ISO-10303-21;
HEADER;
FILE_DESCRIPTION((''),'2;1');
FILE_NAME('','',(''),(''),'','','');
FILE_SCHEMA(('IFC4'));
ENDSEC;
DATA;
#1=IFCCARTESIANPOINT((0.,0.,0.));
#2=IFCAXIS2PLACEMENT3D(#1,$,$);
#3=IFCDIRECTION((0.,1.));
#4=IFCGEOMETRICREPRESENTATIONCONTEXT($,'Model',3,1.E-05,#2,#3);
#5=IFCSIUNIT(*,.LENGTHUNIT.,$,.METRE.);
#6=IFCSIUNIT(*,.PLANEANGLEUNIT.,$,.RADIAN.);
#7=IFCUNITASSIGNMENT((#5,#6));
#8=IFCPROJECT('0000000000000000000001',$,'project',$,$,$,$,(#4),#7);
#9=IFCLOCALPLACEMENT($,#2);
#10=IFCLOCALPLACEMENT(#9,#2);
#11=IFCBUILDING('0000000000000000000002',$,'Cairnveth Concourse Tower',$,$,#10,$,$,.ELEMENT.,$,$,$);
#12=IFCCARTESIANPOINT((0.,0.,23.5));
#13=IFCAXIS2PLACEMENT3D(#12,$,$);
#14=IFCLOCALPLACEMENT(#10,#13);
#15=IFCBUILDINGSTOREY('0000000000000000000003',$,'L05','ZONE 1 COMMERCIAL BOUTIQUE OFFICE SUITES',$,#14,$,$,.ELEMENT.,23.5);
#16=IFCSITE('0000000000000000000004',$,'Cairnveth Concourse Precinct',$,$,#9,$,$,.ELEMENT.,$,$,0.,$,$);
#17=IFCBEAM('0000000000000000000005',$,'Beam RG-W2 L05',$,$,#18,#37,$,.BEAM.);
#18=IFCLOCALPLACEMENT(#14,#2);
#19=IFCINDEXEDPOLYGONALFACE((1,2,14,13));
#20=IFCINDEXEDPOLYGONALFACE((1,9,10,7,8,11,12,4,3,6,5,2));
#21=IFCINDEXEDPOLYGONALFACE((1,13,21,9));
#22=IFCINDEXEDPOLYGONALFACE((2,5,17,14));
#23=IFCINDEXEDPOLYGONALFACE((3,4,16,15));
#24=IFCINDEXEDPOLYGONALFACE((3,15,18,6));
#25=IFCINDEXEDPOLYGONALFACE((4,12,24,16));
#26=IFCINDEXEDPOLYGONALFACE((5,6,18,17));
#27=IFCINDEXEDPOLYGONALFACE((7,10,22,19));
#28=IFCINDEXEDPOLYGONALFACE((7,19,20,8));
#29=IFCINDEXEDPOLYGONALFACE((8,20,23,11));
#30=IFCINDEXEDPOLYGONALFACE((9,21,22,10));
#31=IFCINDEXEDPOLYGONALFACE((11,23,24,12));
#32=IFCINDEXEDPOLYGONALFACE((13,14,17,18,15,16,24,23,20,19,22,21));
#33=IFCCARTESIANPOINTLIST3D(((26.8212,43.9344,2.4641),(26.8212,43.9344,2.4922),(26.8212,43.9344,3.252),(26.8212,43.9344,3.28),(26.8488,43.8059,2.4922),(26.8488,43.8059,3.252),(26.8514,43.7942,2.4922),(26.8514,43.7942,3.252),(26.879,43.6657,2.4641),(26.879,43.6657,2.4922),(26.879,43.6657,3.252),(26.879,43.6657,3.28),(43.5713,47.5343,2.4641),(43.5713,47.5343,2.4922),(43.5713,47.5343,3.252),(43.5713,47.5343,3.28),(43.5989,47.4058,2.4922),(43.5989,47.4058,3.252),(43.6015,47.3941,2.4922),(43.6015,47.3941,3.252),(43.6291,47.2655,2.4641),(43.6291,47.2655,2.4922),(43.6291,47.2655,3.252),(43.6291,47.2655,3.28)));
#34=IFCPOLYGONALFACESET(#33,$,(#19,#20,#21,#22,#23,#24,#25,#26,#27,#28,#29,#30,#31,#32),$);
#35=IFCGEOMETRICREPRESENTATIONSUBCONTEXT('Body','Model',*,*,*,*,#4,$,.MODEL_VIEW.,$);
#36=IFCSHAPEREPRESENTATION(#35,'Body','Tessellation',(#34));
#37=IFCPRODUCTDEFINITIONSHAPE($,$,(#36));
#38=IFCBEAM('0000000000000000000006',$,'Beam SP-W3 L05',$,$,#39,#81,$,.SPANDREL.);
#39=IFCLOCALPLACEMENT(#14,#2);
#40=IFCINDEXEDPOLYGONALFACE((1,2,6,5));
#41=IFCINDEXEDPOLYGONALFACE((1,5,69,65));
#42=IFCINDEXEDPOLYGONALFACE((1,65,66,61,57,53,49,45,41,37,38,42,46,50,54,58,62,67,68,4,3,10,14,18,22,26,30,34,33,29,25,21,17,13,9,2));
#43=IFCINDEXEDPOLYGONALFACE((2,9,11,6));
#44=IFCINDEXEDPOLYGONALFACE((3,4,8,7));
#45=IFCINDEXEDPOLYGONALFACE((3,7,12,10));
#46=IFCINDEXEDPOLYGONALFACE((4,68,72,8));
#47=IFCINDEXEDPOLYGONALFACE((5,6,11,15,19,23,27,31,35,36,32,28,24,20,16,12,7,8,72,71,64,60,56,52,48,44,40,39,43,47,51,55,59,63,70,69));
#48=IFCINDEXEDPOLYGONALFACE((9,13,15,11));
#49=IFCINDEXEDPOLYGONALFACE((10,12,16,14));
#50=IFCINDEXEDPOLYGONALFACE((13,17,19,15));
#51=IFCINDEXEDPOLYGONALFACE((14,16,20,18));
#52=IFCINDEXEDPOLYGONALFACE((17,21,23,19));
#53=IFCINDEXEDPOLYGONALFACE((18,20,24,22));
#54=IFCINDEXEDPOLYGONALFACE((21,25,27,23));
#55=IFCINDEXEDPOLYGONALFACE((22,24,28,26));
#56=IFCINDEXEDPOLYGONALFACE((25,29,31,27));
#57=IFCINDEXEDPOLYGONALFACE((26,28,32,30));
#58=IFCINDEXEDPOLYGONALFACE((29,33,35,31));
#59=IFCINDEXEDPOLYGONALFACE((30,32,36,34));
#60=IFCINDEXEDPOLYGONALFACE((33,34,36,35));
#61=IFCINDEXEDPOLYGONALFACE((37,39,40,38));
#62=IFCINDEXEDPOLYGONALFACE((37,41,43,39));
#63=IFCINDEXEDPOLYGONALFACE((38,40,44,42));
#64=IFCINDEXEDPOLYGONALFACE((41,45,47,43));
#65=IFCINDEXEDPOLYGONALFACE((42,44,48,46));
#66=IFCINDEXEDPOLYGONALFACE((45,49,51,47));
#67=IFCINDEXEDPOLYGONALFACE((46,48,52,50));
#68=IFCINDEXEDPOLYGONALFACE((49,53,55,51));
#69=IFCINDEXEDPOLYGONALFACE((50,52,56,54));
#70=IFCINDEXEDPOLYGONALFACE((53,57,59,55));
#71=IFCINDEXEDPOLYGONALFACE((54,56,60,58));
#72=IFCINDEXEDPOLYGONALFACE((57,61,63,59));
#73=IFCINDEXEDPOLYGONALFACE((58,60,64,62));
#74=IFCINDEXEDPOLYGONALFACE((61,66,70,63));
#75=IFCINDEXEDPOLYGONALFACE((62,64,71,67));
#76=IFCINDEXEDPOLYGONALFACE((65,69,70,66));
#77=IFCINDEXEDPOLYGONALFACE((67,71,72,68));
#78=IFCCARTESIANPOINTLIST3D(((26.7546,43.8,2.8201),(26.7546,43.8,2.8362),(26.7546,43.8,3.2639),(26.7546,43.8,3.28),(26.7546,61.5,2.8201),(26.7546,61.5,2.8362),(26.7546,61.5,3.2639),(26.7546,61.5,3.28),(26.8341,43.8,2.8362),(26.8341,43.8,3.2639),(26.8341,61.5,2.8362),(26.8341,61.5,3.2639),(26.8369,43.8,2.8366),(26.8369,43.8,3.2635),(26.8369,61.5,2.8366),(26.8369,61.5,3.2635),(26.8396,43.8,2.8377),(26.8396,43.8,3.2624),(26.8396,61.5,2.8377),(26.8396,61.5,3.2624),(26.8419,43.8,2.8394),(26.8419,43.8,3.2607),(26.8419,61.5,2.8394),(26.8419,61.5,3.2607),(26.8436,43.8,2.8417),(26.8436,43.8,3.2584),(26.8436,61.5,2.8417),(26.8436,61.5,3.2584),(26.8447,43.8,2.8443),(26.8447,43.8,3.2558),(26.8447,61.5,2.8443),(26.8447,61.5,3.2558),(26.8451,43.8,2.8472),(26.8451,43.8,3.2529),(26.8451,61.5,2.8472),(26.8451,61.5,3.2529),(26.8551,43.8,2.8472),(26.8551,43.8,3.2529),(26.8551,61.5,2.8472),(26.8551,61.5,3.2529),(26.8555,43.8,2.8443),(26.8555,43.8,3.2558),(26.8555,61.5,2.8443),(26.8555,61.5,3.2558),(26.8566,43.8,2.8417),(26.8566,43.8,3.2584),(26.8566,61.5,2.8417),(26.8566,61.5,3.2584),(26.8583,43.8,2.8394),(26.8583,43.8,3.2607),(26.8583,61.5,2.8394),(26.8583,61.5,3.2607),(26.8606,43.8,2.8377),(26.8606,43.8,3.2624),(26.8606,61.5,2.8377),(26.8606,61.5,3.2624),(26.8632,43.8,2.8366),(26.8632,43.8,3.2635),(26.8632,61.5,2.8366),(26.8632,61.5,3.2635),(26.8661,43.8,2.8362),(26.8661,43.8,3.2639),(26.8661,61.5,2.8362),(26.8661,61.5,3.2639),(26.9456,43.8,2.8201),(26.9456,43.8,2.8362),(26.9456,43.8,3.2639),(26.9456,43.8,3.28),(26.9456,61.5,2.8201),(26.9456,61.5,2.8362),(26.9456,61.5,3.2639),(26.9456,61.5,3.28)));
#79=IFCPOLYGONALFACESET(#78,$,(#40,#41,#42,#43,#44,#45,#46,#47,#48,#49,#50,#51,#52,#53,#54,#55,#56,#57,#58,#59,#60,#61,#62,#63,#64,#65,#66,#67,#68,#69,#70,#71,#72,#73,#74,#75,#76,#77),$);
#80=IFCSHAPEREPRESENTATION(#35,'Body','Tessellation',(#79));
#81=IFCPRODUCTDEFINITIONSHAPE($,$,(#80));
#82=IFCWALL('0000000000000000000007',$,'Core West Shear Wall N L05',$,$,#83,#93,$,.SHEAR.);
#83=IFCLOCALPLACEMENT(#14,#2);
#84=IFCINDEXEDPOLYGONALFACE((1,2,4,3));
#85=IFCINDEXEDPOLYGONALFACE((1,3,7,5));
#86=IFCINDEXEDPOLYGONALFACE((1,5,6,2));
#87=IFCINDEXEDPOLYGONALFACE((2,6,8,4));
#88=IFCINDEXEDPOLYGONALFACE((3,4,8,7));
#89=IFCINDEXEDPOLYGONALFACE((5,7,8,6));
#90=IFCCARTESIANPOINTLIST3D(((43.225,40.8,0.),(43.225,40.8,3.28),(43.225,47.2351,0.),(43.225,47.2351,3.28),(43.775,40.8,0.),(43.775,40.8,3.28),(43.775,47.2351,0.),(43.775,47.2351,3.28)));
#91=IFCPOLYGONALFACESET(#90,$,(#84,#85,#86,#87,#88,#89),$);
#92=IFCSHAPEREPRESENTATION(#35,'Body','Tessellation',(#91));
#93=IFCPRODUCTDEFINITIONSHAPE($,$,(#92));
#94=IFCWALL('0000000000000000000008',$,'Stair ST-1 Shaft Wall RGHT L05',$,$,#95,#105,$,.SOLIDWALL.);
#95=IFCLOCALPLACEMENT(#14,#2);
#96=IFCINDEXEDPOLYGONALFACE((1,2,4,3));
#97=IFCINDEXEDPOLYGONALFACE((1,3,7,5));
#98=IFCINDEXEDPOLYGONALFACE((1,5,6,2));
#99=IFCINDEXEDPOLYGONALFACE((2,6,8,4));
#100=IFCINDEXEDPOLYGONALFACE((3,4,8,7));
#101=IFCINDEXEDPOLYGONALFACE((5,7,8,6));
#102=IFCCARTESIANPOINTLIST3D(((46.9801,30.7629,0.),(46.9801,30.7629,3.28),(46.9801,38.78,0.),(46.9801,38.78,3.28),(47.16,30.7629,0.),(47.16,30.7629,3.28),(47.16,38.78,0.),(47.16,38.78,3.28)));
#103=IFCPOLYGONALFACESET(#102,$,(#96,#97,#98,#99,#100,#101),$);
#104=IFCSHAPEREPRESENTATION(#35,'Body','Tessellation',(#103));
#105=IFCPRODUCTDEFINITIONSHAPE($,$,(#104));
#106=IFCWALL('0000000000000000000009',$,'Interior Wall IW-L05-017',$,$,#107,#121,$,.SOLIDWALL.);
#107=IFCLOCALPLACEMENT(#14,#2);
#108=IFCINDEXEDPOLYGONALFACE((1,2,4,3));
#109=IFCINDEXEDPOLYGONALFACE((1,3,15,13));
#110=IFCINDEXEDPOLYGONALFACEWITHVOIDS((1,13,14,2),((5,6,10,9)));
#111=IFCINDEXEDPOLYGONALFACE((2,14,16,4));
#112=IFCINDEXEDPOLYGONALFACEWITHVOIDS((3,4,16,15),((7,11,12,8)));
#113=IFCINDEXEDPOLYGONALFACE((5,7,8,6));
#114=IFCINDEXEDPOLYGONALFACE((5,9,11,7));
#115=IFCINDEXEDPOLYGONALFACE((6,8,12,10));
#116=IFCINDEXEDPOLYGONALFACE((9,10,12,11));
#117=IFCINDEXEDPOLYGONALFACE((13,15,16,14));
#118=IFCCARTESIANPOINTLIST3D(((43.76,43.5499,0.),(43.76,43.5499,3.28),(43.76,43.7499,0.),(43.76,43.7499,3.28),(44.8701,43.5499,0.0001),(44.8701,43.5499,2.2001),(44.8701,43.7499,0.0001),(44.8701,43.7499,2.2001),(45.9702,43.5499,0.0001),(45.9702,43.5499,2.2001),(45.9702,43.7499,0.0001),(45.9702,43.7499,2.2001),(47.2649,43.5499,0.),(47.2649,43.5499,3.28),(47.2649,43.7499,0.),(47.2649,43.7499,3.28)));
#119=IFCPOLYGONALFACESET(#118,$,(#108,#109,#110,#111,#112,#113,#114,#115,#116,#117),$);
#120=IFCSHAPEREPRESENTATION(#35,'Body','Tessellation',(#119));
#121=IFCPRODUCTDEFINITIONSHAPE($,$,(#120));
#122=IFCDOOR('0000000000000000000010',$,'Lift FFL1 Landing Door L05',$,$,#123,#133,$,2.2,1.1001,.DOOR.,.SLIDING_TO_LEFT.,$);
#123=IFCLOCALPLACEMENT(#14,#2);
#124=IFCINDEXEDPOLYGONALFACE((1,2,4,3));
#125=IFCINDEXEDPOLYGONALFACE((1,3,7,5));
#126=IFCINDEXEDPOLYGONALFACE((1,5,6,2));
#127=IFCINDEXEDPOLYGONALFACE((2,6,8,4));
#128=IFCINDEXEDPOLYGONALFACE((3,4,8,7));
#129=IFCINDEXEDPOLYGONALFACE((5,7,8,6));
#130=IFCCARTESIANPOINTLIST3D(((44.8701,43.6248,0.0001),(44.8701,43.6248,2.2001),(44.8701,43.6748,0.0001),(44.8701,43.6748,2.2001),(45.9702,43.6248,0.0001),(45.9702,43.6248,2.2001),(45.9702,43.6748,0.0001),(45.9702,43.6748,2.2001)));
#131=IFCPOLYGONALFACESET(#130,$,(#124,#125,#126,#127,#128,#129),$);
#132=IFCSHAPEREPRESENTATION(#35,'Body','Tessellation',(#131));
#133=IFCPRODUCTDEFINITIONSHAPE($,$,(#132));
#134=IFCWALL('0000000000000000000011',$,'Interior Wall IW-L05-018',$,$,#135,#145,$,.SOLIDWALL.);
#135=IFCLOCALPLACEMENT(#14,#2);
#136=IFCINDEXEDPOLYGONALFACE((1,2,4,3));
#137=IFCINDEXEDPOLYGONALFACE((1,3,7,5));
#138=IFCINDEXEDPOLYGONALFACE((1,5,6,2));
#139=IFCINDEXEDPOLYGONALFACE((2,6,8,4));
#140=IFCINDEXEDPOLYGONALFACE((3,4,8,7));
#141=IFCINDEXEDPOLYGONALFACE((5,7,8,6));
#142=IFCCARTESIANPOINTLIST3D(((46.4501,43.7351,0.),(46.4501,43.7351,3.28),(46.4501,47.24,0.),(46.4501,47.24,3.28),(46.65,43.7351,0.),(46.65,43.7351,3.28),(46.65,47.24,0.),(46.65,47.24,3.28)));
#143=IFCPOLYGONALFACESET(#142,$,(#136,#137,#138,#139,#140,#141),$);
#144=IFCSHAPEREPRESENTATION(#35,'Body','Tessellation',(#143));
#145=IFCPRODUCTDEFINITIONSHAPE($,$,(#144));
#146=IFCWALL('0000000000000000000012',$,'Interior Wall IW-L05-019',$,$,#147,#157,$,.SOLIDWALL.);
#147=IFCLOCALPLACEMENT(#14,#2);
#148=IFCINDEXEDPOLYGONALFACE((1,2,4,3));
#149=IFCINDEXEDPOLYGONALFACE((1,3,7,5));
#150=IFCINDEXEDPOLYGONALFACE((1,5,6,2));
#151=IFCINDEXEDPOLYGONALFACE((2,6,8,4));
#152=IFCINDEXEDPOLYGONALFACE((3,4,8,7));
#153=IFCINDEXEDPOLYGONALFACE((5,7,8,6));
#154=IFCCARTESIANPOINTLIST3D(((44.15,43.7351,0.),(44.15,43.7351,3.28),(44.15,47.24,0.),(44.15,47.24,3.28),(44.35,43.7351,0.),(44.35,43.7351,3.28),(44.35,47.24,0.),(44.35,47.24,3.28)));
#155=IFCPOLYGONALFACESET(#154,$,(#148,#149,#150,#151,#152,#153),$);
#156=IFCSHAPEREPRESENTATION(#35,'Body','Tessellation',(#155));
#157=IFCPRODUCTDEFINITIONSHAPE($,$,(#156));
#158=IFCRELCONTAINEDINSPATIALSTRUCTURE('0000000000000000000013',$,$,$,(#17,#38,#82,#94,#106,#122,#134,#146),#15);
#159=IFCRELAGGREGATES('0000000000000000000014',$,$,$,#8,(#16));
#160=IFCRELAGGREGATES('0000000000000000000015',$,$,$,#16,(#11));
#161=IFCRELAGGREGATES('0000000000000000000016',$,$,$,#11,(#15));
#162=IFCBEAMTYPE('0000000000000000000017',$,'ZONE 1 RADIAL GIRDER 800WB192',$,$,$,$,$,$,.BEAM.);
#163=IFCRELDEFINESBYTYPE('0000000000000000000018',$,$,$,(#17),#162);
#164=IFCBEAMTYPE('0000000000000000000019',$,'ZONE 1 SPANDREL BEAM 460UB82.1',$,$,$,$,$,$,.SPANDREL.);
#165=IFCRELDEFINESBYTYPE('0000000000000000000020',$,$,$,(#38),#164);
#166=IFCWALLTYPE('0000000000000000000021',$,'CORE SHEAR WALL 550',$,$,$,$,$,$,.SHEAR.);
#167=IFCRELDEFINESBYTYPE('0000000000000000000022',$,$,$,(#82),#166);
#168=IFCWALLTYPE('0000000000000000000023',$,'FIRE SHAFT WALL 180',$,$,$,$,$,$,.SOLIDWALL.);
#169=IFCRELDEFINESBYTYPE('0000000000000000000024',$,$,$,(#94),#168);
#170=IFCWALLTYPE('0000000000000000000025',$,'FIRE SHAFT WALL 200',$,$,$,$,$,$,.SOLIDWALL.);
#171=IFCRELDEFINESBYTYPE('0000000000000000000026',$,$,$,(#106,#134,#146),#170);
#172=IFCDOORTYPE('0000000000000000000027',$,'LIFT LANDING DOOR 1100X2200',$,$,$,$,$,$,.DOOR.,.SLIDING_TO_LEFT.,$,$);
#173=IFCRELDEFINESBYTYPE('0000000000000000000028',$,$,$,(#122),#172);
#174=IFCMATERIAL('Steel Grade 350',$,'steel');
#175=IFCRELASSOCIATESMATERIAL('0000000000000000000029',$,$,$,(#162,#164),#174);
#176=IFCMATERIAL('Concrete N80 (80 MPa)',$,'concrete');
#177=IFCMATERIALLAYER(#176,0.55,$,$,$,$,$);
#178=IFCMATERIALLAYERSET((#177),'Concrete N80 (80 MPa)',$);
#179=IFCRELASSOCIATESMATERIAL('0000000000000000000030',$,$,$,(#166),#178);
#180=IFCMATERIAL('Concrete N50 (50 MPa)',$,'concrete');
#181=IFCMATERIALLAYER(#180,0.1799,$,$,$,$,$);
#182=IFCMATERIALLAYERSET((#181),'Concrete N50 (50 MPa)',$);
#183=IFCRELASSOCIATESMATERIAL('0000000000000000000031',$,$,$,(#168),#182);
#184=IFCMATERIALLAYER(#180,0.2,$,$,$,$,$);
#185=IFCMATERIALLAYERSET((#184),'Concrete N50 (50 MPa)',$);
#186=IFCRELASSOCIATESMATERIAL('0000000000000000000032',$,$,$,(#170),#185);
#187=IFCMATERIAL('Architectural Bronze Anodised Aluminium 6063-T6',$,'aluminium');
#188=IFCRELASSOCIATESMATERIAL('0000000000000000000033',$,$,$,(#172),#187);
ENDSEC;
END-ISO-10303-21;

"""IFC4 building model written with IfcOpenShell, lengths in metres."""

from ifc_helpers import new_model, si_unit, direction, frame, frame_2d, origin, origin_2d, place, context, subcontext, project, spatial, rectangle, i_section, extrude, material, layer, layer_set, material_profile, profile_set, type_object, element, fill, save


model = new_model("IFC4")

# Units and contexts
model_context = context("Model", 3, precision=1e-05, world=origin(), true_north=direction((0.0, 1.0)))
body_context = subcontext(model_context, "Body", "Model", "MODEL_VIEW")
ifc_project = project(units=[si_unit("LENGTHUNIT", "METRE"), si_unit("PLANEANGLEUNIT", "RADIAN")], contexts=[model_context])

# Site, building, storey
site_placement = place(None, origin())
site = spatial("IfcSite", under=ifc_project, at=site_placement, Name="Cairnveth Concourse Precinct", CompositionType="ELEMENT", RefElevation=0.0)
building_placement = place(site_placement, origin())
building = spatial("IfcBuilding", under=site, at=building_placement, Name="Cairnveth Concourse Tower", CompositionType="ELEMENT")
storey_placement = place(building_placement, frame((0.0, 0.0, 23.5)))
storey = spatial("IfcBuildingStorey", under=building, at=storey_placement, Name="L05", Description="ZONE 1 COMMERCIAL BOUTIQUE OFFICE SUITES", CompositionType="ELEMENT", Elevation=23.5)

# Shared definitions
ifc_material_1 = material(Name="Concrete N80 (80 MPa)", Category="concrete")

# Beams
ifc_material_2 = material(Name="Steel Grade 350", Category="steel")
ifc_material_profile_1 = material_profile(ifc_material_2, i_section(OverallWidth=0.2749, OverallDepth=0.8159, WebThickness=0.012, FlangeThickness=0.0281, at=origin_2d()), Name="800WB192")
ifc_profile_set_1 = profile_set([ifc_material_profile_1], Name="Steel Grade 350")
beam_type_1 = type_object("IfcBeamType", Name="ZONE 1 RADIAL GIRDER 800WB192", PredefinedType="BEAM", material=ifc_profile_set_1)
beam_1_placement = place(storey_placement, frame((26.8501, 43.8, 2.8721), z_axis=(0.977676, 0.210119, 0.0), x_axis=(-0.210119, 0.977676, 0.0)))
element("IfcBeam", 1, at=beam_1_placement, inside=storey, type_object=beam_type_1, Name="Beam RG-W2 L05", PredefinedType="BEAM", context=body_context, shape_type="SweptSolid", body=[
    extrude(i_section(OverallWidth=0.2749, OverallDepth=0.8159, WebThickness=0.012, FlangeThickness=0.0281, at=origin_2d()), origin(), (0.0, 0.0, 1.0), 17.1326),
])
ifc_material_profile_2 = material_profile(ifc_material_2, i_section(OverallWidth=0.1909, OverallDepth=0.46, WebThickness=0.01, FlangeThickness=0.0161, FilletRadius=0.011, at=origin_2d()), Name="460UB82.1")
ifc_profile_set_2 = profile_set([ifc_material_profile_2], Name="Steel Grade 350")
beam_type_2 = type_object("IfcBeamType", Name="ZONE 1 SPANDREL BEAM 460UB82.1", PredefinedType="SPANDREL", material=ifc_profile_set_2)
beam_2_placement = place(storey_placement, frame((26.8501, 43.8, 3.05), z_axis=(0.0, 1.0, 0.0), x_axis=(-1.0, 0.0, 0.0)))
element("IfcBeam", 2, at=beam_2_placement, inside=storey, type_object=beam_type_2, Name="Beam SP-W3 L05", PredefinedType="SPANDREL", context=body_context, shape_type="SweptSolid", body=[
    extrude(i_section(OverallWidth=0.1909, OverallDepth=0.46, WebThickness=0.01, FlangeThickness=0.0161, FilletRadius=0.011, at=origin_2d()), origin(), (0.0, 0.0, 1.0), 17.7),
])

# Wall
ifc_layer_1 = layer(ifc_material_1, 0.55)
ifc_layer_set_1 = layer_set([ifc_layer_1], Name="Concrete N80 (80 MPa)")
wall_type_1 = type_object("IfcWallType", Name="CORE SHEAR WALL 550", PredefinedType="SHEAR", material=ifc_layer_set_1)
wall_1_placement = place(storey_placement, frame((43.5, 40.8, 0.0), z_axis=(0.0, 0.0, 1.0), x_axis=(0.0, 1.0, 0.0)))
element("IfcWall", 3, at=wall_1_placement, inside=storey, type_object=wall_type_1, Name="Core West Shear Wall N L05", PredefinedType="SHEAR", context=body_context, shape_type="SweptSolid", body=[
    extrude(rectangle(XDim=6.4351, YDim=0.55, at=frame_2d((3.2175, 0.0))), origin(), (0.0, 0.0, 1.0), 3.28),
])

# Shared definitions
ifc_material_3 = material(Name="Concrete N50 (50 MPa)", Category="concrete")
ifc_layer_2 = layer(ifc_material_3, 0.1799)
ifc_layer_set_2 = layer_set([ifc_layer_2], Name="Concrete N50 (50 MPa)")
wall_type_2 = type_object("IfcWallType", Name="FIRE SHAFT WALL 180", PredefinedType="SOLIDWALL", material=ifc_layer_set_2)

# Wall
wall_2_placement = place(storey_placement, frame((47.0701, 38.78, 0.0), z_axis=(0.0, 0.0, 1.0), x_axis=(0.0, -1.0, 0.0)))
element("IfcWall", 4, at=wall_2_placement, inside=storey, type_object=wall_type_2, Name="Stair ST-1 Shaft Wall RGHT L05", PredefinedType="SOLIDWALL", context=body_context, shape_type="SweptSolid", body=[
    extrude(rectangle(XDim=8.0171, YDim=0.1799, at=frame_2d((4.0085, 0.0))), origin(), (0.0, 0.0, 1.0), 3.28),
])

# Wall, opening, door
ifc_layer_3 = layer(ifc_material_3, 0.2)
ifc_layer_set_3 = layer_set([ifc_layer_3], Name="Concrete N50 (50 MPa)")
wall_type_3 = type_object("IfcWallType", Name="FIRE SHAFT WALL 200", PredefinedType="SOLIDWALL", material=ifc_layer_set_3)
wall_3_placement = place(storey_placement, frame((43.76, 43.6499, 0.0), z_axis=(0.0, 0.0, 1.0), x_axis=(1.0, 0.0, 0.0)))
wall_3 = element("IfcWall", 5, at=wall_3_placement, inside=storey, type_object=wall_type_3, Name="Interior Wall IW-L05-017", PredefinedType="SOLIDWALL", context=body_context, shape_type="SweptSolid", body=[
    extrude(rectangle(XDim=3.5049, YDim=0.2, at=frame_2d((1.7524, 0.0))), origin(), (0.0, 0.0, 1.0), 3.28),
])
opening_1_placement = place(wall_3_placement, frame((1.1101, 0.0, 0.0)))
opening_1 = element("IfcOpeningElement", 6, at=opening_1_placement, cuts=wall_3, PredefinedType="OPENING", context=body_context, shape_type="SweptSolid", body=[
    extrude(rectangle(XDim=1.1001, YDim=2.2, at=frame_2d((0.55, 1.1001))), frame((0.0, 0.1099, 0.0), z_axis=(0.0, -1.0, 0.0), x_axis=(1.0, 0.0, 0.0)), (0.0, 0.0, 1.0), 0.22),
])
ifc_material_4 = material(Name="Architectural Bronze Anodised Aluminium 6063-T6", Category="aluminium")
door_type_1 = type_object("IfcDoorType", Name="LIFT LANDING DOOR 1100X2200", OperationType="SLIDING_TO_LEFT", PredefinedType="DOOR", material=ifc_material_4)
door_1_placement = place(opening_1_placement, origin())
door_1 = element("IfcDoor", 7, at=door_1_placement, inside=storey, type_object=door_type_1, Name="Lift FFL1 Landing Door L05", OperationType="SLIDING_TO_LEFT", OverallHeight=2.2, OverallWidth=1.1001, PredefinedType="DOOR", context=body_context, shape_type="SweptSolid", body=[
    extrude(rectangle(XDim=1.1001, YDim=2.2, at=frame_2d((0.55, 1.1001))), frame((0.0, 0.0249, 0.0), z_axis=(0.0, -1.0, 0.0), x_axis=(1.0, 0.0, 0.0)), (0.0, 0.0, 1.0), 0.05),
])
fill(opening_1, door_1)

# Walls
for number, where, z_axis, x_axis, name in (
    (8, (46.55, 43.7351, 0.0), (0.0, 0.0, 1.0), (0.0, 1.0, 0.0), "Interior Wall IW-L05-018"),
    (9, (44.25, 43.7351, 0.0), (0.0, 0.0, 1.0), (0.0, 1.0, 0.0), "Interior Wall IW-L05-019"),
):
    element("IfcWall", number, at=place(storey_placement, frame(where, z_axis=z_axis, x_axis=x_axis)), inside=storey, type_object=wall_type_3, Name=name, PredefinedType="SOLIDWALL", context=body_context, shape_type="SweptSolid", body=[
        extrude(rectangle(XDim=3.5049, YDim=0.2, at=frame_2d((1.7524, 0.0))), origin(), (0.0, 0.0, 1.0), 3.28),
    ])

save(model, "model.ifc")
